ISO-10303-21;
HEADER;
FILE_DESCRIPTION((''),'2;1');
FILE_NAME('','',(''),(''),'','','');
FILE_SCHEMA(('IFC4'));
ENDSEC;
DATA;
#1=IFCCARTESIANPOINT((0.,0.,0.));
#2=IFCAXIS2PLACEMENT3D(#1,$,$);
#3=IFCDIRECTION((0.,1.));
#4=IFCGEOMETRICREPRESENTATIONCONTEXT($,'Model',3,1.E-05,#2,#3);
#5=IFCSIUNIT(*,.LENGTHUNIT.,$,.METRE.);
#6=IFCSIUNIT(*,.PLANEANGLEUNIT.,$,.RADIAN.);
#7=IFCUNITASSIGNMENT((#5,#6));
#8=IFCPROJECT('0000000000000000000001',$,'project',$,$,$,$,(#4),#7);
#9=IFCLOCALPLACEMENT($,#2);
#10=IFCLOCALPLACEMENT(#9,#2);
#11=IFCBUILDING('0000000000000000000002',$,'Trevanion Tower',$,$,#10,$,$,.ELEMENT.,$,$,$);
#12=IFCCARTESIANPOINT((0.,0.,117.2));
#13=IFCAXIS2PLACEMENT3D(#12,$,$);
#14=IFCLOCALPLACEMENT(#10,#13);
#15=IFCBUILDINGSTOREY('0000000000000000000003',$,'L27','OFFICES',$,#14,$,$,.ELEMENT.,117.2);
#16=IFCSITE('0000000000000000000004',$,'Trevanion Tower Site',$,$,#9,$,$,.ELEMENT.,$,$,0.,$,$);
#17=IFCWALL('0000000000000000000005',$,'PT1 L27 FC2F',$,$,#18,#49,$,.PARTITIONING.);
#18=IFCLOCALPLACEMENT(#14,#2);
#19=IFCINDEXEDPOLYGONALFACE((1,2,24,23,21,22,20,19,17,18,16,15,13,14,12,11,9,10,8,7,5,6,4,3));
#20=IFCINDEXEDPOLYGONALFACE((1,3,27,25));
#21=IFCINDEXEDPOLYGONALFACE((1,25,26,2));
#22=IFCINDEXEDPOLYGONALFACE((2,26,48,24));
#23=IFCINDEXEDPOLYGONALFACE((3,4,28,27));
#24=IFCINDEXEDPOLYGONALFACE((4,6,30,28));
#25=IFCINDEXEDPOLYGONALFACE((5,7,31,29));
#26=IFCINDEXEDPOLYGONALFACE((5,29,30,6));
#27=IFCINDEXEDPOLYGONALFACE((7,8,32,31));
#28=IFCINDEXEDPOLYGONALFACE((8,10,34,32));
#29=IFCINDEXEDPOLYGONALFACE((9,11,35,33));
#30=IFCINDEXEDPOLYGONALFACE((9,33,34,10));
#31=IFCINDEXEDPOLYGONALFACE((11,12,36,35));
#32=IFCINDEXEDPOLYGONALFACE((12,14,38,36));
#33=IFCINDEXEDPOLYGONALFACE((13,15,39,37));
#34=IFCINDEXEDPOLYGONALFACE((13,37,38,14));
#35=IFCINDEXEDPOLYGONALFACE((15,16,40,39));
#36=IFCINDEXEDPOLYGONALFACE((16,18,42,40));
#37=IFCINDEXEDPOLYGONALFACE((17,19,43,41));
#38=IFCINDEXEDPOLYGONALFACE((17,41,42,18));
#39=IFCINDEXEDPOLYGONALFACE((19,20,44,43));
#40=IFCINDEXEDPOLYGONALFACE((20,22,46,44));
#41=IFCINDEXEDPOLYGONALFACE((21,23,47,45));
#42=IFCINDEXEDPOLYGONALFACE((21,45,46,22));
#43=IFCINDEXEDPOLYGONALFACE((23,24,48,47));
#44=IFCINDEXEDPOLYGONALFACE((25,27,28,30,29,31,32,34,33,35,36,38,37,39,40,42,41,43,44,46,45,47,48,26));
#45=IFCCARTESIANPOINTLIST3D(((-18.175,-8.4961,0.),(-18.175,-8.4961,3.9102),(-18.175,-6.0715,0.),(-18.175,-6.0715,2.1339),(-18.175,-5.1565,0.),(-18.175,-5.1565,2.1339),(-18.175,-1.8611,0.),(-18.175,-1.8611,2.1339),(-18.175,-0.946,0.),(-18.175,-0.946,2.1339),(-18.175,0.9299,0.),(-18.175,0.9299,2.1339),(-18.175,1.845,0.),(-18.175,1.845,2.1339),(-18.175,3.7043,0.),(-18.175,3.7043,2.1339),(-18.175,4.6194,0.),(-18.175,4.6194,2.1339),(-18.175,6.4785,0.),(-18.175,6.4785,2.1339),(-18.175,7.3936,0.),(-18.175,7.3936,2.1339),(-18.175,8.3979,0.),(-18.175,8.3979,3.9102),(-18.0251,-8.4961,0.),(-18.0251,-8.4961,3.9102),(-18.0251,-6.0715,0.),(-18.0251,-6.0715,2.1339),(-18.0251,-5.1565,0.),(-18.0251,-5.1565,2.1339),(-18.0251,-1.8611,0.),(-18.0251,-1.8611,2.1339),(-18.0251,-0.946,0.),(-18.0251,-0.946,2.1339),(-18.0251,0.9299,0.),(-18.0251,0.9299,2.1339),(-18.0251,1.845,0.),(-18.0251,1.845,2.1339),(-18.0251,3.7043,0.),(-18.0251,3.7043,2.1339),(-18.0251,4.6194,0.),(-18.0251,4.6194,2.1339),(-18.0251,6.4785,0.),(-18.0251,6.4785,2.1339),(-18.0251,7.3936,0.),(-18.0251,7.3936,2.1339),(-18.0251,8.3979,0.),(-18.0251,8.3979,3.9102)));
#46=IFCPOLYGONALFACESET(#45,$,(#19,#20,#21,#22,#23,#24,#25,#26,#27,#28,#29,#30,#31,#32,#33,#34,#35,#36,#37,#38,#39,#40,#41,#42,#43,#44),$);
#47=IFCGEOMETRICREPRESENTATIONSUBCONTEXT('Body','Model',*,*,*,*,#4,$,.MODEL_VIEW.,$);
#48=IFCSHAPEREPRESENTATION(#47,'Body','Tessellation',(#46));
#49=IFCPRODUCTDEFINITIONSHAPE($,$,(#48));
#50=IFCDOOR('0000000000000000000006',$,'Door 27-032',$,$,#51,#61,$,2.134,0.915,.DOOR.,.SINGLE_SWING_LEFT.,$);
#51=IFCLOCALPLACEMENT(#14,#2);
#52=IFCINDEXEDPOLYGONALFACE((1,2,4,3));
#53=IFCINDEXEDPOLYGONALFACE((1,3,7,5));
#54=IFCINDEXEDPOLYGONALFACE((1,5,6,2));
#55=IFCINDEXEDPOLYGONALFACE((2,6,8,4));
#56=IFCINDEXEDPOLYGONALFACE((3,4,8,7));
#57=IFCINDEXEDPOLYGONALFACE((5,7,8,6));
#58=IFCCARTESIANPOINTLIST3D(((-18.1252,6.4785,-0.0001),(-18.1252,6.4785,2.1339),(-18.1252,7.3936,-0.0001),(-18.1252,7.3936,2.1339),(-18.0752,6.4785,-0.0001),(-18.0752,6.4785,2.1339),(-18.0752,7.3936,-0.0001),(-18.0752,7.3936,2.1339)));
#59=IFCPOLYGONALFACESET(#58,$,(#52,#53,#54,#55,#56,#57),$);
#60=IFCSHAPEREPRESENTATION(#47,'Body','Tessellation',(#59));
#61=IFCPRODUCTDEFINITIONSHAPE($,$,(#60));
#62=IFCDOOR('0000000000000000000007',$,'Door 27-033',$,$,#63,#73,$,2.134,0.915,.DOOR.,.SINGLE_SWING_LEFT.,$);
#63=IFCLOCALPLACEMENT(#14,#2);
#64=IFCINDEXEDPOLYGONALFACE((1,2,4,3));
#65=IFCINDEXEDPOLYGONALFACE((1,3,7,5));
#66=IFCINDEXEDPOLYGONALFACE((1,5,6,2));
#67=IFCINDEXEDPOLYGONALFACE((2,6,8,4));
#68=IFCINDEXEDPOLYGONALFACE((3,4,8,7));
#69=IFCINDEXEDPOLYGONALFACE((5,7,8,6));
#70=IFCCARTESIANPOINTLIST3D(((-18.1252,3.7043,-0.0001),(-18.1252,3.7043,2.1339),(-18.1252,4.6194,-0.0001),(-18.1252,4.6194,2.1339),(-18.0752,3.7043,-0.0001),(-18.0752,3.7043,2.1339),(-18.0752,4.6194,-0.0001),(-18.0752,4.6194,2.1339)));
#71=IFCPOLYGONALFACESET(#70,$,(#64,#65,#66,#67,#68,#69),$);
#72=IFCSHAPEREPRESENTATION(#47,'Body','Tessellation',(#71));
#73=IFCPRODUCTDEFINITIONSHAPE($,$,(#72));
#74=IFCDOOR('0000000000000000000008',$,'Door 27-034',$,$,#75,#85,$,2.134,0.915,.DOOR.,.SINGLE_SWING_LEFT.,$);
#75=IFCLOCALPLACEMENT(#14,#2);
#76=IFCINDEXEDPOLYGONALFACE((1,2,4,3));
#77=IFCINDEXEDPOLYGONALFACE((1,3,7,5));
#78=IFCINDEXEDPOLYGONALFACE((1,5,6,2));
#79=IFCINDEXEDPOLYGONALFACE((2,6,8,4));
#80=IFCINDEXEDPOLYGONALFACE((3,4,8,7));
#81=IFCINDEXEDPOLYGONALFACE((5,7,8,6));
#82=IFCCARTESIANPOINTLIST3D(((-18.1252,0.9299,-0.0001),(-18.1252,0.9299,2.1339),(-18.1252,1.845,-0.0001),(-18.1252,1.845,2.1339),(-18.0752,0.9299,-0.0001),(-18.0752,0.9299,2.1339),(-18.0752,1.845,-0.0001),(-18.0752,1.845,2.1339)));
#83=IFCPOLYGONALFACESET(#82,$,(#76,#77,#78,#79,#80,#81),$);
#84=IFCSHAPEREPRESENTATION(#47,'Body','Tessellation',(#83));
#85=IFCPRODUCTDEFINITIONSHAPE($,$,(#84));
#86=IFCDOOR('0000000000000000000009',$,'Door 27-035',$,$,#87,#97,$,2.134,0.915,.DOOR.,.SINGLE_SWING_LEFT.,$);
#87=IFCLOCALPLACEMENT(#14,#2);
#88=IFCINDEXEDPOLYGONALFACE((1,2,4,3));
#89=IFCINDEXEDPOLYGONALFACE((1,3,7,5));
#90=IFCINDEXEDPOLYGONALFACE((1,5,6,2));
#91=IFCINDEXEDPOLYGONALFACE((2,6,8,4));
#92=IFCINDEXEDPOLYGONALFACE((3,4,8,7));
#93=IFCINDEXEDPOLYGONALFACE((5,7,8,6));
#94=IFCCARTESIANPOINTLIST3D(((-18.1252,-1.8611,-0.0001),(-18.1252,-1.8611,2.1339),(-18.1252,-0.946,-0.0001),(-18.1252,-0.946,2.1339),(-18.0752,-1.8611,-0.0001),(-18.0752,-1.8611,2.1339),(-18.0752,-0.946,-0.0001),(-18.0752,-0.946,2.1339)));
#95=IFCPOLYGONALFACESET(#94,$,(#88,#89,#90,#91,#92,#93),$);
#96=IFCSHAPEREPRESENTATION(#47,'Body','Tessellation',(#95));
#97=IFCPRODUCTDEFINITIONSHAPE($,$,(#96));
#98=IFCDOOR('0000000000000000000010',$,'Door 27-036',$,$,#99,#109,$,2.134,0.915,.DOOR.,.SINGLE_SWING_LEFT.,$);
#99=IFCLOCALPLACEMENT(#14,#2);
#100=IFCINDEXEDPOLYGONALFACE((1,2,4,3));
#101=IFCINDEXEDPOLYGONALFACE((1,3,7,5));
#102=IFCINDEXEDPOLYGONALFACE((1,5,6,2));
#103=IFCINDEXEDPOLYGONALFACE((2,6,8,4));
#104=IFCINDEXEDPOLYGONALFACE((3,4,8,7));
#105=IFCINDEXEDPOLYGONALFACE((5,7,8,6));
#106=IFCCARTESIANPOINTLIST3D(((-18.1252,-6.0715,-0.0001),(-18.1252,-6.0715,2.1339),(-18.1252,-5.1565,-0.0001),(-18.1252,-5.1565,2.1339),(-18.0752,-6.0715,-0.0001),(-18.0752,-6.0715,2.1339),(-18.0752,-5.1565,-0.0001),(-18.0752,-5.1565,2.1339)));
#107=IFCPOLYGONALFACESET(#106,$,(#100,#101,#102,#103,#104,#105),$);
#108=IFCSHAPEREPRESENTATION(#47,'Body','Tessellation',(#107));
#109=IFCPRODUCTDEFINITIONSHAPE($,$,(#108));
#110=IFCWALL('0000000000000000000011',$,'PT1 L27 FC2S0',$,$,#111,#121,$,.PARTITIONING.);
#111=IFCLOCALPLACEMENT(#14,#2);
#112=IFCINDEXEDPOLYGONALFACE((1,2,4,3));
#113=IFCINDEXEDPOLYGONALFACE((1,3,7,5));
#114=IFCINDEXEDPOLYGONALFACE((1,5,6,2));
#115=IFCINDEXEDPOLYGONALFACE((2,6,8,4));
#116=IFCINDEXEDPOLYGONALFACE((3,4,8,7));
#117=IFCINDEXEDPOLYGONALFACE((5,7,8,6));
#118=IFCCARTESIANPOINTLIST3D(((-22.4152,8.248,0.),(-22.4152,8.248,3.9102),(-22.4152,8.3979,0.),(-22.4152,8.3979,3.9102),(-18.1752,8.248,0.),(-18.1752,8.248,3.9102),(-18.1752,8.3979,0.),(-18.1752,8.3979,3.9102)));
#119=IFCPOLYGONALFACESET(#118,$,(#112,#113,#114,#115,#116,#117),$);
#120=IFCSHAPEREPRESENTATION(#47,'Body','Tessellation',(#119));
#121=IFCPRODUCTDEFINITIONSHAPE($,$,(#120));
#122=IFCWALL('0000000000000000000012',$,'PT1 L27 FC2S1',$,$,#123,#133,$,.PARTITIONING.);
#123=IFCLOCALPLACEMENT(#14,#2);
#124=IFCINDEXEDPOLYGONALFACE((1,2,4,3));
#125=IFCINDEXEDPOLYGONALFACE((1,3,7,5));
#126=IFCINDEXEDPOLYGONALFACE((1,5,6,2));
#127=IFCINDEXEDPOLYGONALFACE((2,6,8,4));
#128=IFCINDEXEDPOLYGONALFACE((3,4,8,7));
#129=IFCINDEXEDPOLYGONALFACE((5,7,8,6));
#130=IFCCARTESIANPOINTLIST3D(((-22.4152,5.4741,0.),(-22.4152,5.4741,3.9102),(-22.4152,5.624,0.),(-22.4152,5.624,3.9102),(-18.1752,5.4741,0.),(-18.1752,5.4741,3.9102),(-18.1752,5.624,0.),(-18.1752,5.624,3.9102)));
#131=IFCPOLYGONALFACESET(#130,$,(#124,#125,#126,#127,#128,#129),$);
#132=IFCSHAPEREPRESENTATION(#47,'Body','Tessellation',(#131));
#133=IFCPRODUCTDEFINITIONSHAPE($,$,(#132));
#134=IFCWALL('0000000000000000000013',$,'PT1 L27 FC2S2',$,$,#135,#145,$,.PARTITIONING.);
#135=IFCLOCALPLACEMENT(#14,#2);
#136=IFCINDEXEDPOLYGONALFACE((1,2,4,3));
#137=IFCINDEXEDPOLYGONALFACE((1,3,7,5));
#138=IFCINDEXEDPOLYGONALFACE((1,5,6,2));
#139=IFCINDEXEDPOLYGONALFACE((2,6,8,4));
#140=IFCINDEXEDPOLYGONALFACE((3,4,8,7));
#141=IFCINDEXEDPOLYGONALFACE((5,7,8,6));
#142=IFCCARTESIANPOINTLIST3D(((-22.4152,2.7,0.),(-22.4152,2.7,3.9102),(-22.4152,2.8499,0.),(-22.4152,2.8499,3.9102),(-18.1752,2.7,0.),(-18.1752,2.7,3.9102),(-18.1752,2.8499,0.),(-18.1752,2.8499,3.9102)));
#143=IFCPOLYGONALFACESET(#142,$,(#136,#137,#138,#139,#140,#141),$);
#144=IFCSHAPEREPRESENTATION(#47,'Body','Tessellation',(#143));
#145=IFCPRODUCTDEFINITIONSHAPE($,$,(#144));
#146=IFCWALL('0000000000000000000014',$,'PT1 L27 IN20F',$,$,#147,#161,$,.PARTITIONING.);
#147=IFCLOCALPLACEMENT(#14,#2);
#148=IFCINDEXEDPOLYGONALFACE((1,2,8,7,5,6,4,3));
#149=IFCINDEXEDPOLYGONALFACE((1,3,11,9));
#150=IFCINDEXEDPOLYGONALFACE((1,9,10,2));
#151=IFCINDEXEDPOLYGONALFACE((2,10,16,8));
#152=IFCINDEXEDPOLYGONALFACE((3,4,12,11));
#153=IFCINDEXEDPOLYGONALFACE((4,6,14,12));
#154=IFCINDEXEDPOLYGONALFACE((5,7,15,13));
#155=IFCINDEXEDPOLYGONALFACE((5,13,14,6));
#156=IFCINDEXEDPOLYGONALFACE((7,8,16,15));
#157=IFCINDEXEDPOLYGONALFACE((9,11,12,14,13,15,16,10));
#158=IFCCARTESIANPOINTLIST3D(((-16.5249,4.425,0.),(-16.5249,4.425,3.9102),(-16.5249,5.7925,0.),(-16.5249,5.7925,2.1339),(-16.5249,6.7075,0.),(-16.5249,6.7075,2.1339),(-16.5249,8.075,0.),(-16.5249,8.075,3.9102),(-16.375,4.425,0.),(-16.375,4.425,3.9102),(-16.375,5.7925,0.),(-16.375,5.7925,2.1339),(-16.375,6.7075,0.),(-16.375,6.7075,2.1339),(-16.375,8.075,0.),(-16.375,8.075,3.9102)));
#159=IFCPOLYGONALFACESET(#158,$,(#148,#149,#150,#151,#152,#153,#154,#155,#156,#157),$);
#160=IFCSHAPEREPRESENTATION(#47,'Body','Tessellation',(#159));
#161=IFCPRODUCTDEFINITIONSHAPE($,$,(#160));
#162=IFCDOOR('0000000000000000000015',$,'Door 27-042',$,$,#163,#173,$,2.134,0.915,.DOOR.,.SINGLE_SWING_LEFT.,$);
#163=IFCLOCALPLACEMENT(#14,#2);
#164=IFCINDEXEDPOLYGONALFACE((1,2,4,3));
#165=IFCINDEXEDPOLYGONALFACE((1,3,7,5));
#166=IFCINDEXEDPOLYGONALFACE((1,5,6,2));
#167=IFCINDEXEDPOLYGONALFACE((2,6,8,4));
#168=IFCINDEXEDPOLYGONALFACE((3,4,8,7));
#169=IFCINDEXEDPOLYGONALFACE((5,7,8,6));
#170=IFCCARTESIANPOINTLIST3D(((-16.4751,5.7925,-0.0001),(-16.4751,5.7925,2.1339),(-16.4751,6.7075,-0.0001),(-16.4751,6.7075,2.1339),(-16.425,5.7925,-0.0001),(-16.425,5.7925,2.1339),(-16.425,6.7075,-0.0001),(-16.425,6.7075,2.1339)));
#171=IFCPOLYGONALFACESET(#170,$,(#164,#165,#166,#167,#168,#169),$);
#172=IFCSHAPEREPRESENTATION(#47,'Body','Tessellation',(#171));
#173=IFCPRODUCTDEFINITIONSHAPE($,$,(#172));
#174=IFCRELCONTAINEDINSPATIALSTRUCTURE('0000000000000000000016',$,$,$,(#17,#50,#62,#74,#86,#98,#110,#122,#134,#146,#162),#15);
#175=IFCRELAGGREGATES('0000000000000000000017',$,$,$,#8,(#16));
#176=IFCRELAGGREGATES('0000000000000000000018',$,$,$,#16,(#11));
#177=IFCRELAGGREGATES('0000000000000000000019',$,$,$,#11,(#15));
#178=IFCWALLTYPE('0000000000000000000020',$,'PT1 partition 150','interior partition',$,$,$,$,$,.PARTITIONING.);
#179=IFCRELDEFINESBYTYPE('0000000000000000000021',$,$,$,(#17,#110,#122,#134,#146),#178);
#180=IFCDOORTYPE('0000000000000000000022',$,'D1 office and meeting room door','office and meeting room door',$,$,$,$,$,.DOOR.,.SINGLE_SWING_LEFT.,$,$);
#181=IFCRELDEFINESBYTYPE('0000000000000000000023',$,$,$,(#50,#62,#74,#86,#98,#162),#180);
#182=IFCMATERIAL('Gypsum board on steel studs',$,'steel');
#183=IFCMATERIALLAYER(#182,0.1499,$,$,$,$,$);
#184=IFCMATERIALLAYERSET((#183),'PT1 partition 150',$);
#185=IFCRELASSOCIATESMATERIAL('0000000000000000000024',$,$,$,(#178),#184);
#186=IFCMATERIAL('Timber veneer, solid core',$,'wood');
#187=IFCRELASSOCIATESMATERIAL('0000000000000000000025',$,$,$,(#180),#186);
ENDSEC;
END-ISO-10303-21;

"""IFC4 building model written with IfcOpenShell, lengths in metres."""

from ifc_helpers import new_model, si_unit, direction, frame, frame_2d, origin, place, context, subcontext, project, spatial, rectangle, extrude, material, layer, layer_set, type_object, element, fill, save


model = new_model("IFC4")

# Units and contexts
model_context = context("Model", 3, precision=1e-05, world=origin(), true_north=direction((0.0, 1.0)))
body_context = subcontext(model_context, "Body", "Model", "MODEL_VIEW")
ifc_project = project(units=[si_unit("LENGTHUNIT", "METRE"), si_unit("PLANEANGLEUNIT", "RADIAN")], contexts=[model_context])

# Site, building, storey
site_placement = place(None, origin())
site = spatial("IfcSite", under=ifc_project, at=site_placement, Name="Trevanion Tower Site", CompositionType="ELEMENT", RefElevation=0.0)
building_placement = place(site_placement, origin())
building = spatial("IfcBuilding", under=site, at=building_placement, Name="Trevanion Tower", CompositionType="ELEMENT")
storey_placement = place(building_placement, frame((0.0, 0.0, 117.2)))
storey = spatial("IfcBuildingStorey", under=building, at=storey_placement, Name="L27", Description="OFFICES", CompositionType="ELEMENT", Elevation=117.2)

# Wall, openings, doors
ifc_material_1 = material(Name="Gypsum board on steel studs", Category="steel")
ifc_layer_1 = layer(ifc_material_1, 0.1499)
ifc_layer_set_1 = layer_set([ifc_layer_1], Name="PT1 partition 150")
wall_type = type_object("IfcWallType", Name="PT1 partition 150", Description="interior partition", PredefinedType="PARTITIONING", material=ifc_layer_set_1)
wall_1_placement = place(storey_placement, frame((-18.1001, 8.3979, 0.0), z_axis=(0.0, 0.0, 1.0), x_axis=(0.0, -1.0, 0.0)))
wall_1 = element("IfcWall", 1, at=wall_1_placement, inside=storey, type_object=wall_type, Name="PT1 L27 FC2F", PredefinedType="PARTITIONING", context=body_context, shape_type="SweptSolid", body=[
    extrude(rectangle(XDim=16.894, YDim=0.1499, at=frame_2d((8.447, 0.0))), origin(), (0.0, 0.0, 1.0), 3.9102),
])
opening_1_placement = place(wall_1_placement, frame((1.0044, 0.0, 0.0)))
opening_1 = element("IfcOpeningElement", 2, at=opening_1_placement, cuts=wall_1, PredefinedType="OPENING", context=body_context, shape_type="SweptSolid", body=[
    extrude(rectangle(XDim=0.915, YDim=2.134, at=frame_2d((0.4575, 1.0669))), frame((0.0, 0.085, 0.0), z_axis=(0.0, -1.0, 0.0), x_axis=(1.0, 0.0, 0.0)), (0.0, 0.0, 1.0), 0.1699),
])
opening_2_placement = place(wall_1_placement, frame((3.7786, 0.0, 0.0)))
opening_2 = element("IfcOpeningElement", 3, at=opening_2_placement, cuts=wall_1, PredefinedType="OPENING", context=body_context, shape_type="SweptSolid", body=[
    extrude(rectangle(XDim=0.915, YDim=2.134, at=frame_2d((0.4575, 1.0669))), frame((0.0, 0.085, 0.0), z_axis=(0.0, -1.0, 0.0), x_axis=(1.0, 0.0, 0.0)), (0.0, 0.0, 1.0), 0.1699),
])
opening_3_placement = place(wall_1_placement, frame((6.553, 0.0, 0.0)))
opening_3 = element("IfcOpeningElement", 4, at=opening_3_placement, cuts=wall_1, PredefinedType="OPENING", context=body_context, shape_type="SweptSolid", body=[
    extrude(rectangle(XDim=0.915, YDim=2.134, at=frame_2d((0.4575, 1.0669))), frame((0.0, 0.085, 0.0), z_axis=(0.0, -1.0, 0.0), x_axis=(1.0, 0.0, 0.0)), (0.0, 0.0, 1.0), 0.1699),
])
opening_4_placement = place(wall_1_placement, frame((9.344, 0.0, 0.0)))
opening_4 = element("IfcOpeningElement", 5, at=opening_4_placement, cuts=wall_1, PredefinedType="OPENING", context=body_context, shape_type="SweptSolid", body=[
    extrude(rectangle(XDim=0.915, YDim=2.134, at=frame_2d((0.4575, 1.0669))), frame((0.0, 0.085, 0.0), z_axis=(0.0, -1.0, 0.0), x_axis=(1.0, 0.0, 0.0)), (0.0, 0.0, 1.0), 0.1699),
])
opening_5_placement = place(wall_1_placement, frame((13.5544, 0.0, 0.0)))
opening_5 = element("IfcOpeningElement", 6, at=opening_5_placement, cuts=wall_1, PredefinedType="OPENING", context=body_context, shape_type="SweptSolid", body=[
    extrude(rectangle(XDim=0.915, YDim=2.134, at=frame_2d((0.4575, 1.0669))), frame((0.0, 0.085, 0.0), z_axis=(0.0, -1.0, 0.0), x_axis=(1.0, 0.0, 0.0)), (0.0, 0.0, 1.0), 0.1699),
])
ifc_material_2 = material(Name="Timber veneer, solid core", Category="wood")
door_type = type_object("IfcDoorType", Name="D1 office and meeting room door", Description="office and meeting room door", OperationType="SINGLE_SWING_LEFT", PredefinedType="DOOR", material=ifc_material_2)
door_1_placement = place(opening_1_placement, origin())
door_1 = element("IfcDoor", 7, at=door_1_placement, inside=storey, type_object=door_type, Name="Door 27-032", OperationType="SINGLE_SWING_LEFT", OverallHeight=2.134, OverallWidth=0.915, PredefinedType="DOOR", context=body_context, shape_type="SweptSolid", body=[
    extrude(rectangle(XDim=0.915, YDim=2.134, at=frame_2d((0.4575, 1.0669))), frame((0.0, 0.0249, 0.0), z_axis=(0.0, -1.0, 0.0), x_axis=(1.0, 0.0, 0.0)), (0.0, 0.0, 1.0), 0.05),
])
fill(opening_1, door_1)
door_2_placement = place(opening_2_placement, origin())
door_2 = element("IfcDoor", 8, at=door_2_placement, inside=storey, type_object=door_type, Name="Door 27-033", OperationType="SINGLE_SWING_LEFT", OverallHeight=2.134, OverallWidth=0.915, PredefinedType="DOOR", context=body_context, shape_type="SweptSolid", body=[
    extrude(rectangle(XDim=0.915, YDim=2.134, at=frame_2d((0.4575, 1.0669))), frame((0.0, 0.0249, 0.0), z_axis=(0.0, -1.0, 0.0), x_axis=(1.0, 0.0, 0.0)), (0.0, 0.0, 1.0), 0.05),
])
fill(opening_2, door_2)
door_3_placement = place(opening_3_placement, origin())
door_3 = element("IfcDoor", 9, at=door_3_placement, inside=storey, type_object=door_type, Name="Door 27-034", OperationType="SINGLE_SWING_LEFT", OverallHeight=2.134, OverallWidth=0.915, PredefinedType="DOOR", context=body_context, shape_type="SweptSolid", body=[
    extrude(rectangle(XDim=0.915, YDim=2.134, at=frame_2d((0.4575, 1.0669))), frame((0.0, 0.0249, 0.0), z_axis=(0.0, -1.0, 0.0), x_axis=(1.0, 0.0, 0.0)), (0.0, 0.0, 1.0), 0.05),
])
fill(opening_3, door_3)
door_4_placement = place(opening_4_placement, origin())
door_4 = element("IfcDoor", 10, at=door_4_placement, inside=storey, type_object=door_type, Name="Door 27-035", OperationType="SINGLE_SWING_LEFT", OverallHeight=2.134, OverallWidth=0.915, PredefinedType="DOOR", context=body_context, shape_type="SweptSolid", body=[
    extrude(rectangle(XDim=0.915, YDim=2.134, at=frame_2d((0.4575, 1.0669))), frame((0.0, 0.0249, 0.0), z_axis=(0.0, -1.0, 0.0), x_axis=(1.0, 0.0, 0.0)), (0.0, 0.0, 1.0), 0.05),
])
fill(opening_4, door_4)
door_5_placement = place(opening_5_placement, origin())
door_5 = element("IfcDoor", 11, at=door_5_placement, inside=storey, type_object=door_type, Name="Door 27-036", OperationType="SINGLE_SWING_LEFT", OverallHeight=2.134, OverallWidth=0.915, PredefinedType="DOOR", context=body_context, shape_type="SweptSolid", body=[
    extrude(rectangle(XDim=0.915, YDim=2.134, at=frame_2d((0.4575, 1.0669))), frame((0.0, 0.0249, 0.0), z_axis=(0.0, -1.0, 0.0), x_axis=(1.0, 0.0, 0.0)), (0.0, 0.0, 1.0), 0.05),
])
fill(opening_5, door_5)

# Walls
for number, where, z_axis, x_axis, name in (
    (12, (-18.175, 8.323, 0.0), (0.0, 0.0, 1.0), (-1.0, 0.0, 0.0), "PT1 L27 FC2S0"),
    (13, (-18.175, 5.5491, 0.0), (0.0, 0.0, 1.0), (-1.0, 0.0, 0.0), "PT1 L27 FC2S1"),
    (14, (-18.175, 2.7749, 0.0), (0.0, 0.0, 1.0), (-1.0, 0.0, 0.0), "PT1 L27 FC2S2"),
):
    element("IfcWall", number, at=place(storey_placement, frame(where, z_axis=z_axis, x_axis=x_axis)), inside=storey, type_object=wall_type, Name=name, PredefinedType="PARTITIONING", context=body_context, shape_type="SweptSolid", body=[
        extrude(rectangle(XDim=4.24, YDim=0.1499, at=frame_2d((2.1201, 0.0))), origin(), (0.0, 0.0, 1.0), 3.9102),
    ])

# Wall, opening, door
wall_2_placement = place(storey_placement, frame((-16.45, 8.075, 0.0), z_axis=(0.0, 0.0, 1.0), x_axis=(0.0, -1.0, 0.0)))
wall_2 = element("IfcWall", 15, at=wall_2_placement, inside=storey, type_object=wall_type, Name="PT1 L27 IN20F", PredefinedType="PARTITIONING", context=body_context, shape_type="SweptSolid", body=[
    extrude(rectangle(XDim=3.6499, YDim=0.1499, at=frame_2d((1.825, 0.0))), origin(), (0.0, 0.0, 1.0), 3.9102),
])
opening_6_placement = place(wall_2_placement, frame((1.3674, 0.0, 0.0)))
opening_6 = element("IfcOpeningElement", 16, at=opening_6_placement, cuts=wall_2, PredefinedType="OPENING", context=body_context, shape_type="SweptSolid", body=[
    extrude(rectangle(XDim=0.915, YDim=2.134, at=frame_2d((0.4575, 1.0669))), frame((0.0, 0.085, 0.0), z_axis=(0.0, -1.0, 0.0), x_axis=(1.0, 0.0, 0.0)), (0.0, 0.0, 1.0), 0.1699),
])
door_6_placement = place(opening_6_placement, origin())
door_6 = element("IfcDoor", 17, at=door_6_placement, inside=storey, type_object=door_type, Name="Door 27-042", OperationType="SINGLE_SWING_LEFT", OverallHeight=2.134, OverallWidth=0.915, PredefinedType="DOOR", context=body_context, shape_type="SweptSolid", body=[
    extrude(rectangle(XDim=0.915, YDim=2.134, at=frame_2d((0.4575, 1.0669))), frame((0.0, 0.0249, 0.0), z_axis=(0.0, -1.0, 0.0), x_axis=(1.0, 0.0, 0.0)), (0.0, 0.0, 1.0), 0.05),
])
fill(opening_6, door_6)

save(model, "model.ifc")
